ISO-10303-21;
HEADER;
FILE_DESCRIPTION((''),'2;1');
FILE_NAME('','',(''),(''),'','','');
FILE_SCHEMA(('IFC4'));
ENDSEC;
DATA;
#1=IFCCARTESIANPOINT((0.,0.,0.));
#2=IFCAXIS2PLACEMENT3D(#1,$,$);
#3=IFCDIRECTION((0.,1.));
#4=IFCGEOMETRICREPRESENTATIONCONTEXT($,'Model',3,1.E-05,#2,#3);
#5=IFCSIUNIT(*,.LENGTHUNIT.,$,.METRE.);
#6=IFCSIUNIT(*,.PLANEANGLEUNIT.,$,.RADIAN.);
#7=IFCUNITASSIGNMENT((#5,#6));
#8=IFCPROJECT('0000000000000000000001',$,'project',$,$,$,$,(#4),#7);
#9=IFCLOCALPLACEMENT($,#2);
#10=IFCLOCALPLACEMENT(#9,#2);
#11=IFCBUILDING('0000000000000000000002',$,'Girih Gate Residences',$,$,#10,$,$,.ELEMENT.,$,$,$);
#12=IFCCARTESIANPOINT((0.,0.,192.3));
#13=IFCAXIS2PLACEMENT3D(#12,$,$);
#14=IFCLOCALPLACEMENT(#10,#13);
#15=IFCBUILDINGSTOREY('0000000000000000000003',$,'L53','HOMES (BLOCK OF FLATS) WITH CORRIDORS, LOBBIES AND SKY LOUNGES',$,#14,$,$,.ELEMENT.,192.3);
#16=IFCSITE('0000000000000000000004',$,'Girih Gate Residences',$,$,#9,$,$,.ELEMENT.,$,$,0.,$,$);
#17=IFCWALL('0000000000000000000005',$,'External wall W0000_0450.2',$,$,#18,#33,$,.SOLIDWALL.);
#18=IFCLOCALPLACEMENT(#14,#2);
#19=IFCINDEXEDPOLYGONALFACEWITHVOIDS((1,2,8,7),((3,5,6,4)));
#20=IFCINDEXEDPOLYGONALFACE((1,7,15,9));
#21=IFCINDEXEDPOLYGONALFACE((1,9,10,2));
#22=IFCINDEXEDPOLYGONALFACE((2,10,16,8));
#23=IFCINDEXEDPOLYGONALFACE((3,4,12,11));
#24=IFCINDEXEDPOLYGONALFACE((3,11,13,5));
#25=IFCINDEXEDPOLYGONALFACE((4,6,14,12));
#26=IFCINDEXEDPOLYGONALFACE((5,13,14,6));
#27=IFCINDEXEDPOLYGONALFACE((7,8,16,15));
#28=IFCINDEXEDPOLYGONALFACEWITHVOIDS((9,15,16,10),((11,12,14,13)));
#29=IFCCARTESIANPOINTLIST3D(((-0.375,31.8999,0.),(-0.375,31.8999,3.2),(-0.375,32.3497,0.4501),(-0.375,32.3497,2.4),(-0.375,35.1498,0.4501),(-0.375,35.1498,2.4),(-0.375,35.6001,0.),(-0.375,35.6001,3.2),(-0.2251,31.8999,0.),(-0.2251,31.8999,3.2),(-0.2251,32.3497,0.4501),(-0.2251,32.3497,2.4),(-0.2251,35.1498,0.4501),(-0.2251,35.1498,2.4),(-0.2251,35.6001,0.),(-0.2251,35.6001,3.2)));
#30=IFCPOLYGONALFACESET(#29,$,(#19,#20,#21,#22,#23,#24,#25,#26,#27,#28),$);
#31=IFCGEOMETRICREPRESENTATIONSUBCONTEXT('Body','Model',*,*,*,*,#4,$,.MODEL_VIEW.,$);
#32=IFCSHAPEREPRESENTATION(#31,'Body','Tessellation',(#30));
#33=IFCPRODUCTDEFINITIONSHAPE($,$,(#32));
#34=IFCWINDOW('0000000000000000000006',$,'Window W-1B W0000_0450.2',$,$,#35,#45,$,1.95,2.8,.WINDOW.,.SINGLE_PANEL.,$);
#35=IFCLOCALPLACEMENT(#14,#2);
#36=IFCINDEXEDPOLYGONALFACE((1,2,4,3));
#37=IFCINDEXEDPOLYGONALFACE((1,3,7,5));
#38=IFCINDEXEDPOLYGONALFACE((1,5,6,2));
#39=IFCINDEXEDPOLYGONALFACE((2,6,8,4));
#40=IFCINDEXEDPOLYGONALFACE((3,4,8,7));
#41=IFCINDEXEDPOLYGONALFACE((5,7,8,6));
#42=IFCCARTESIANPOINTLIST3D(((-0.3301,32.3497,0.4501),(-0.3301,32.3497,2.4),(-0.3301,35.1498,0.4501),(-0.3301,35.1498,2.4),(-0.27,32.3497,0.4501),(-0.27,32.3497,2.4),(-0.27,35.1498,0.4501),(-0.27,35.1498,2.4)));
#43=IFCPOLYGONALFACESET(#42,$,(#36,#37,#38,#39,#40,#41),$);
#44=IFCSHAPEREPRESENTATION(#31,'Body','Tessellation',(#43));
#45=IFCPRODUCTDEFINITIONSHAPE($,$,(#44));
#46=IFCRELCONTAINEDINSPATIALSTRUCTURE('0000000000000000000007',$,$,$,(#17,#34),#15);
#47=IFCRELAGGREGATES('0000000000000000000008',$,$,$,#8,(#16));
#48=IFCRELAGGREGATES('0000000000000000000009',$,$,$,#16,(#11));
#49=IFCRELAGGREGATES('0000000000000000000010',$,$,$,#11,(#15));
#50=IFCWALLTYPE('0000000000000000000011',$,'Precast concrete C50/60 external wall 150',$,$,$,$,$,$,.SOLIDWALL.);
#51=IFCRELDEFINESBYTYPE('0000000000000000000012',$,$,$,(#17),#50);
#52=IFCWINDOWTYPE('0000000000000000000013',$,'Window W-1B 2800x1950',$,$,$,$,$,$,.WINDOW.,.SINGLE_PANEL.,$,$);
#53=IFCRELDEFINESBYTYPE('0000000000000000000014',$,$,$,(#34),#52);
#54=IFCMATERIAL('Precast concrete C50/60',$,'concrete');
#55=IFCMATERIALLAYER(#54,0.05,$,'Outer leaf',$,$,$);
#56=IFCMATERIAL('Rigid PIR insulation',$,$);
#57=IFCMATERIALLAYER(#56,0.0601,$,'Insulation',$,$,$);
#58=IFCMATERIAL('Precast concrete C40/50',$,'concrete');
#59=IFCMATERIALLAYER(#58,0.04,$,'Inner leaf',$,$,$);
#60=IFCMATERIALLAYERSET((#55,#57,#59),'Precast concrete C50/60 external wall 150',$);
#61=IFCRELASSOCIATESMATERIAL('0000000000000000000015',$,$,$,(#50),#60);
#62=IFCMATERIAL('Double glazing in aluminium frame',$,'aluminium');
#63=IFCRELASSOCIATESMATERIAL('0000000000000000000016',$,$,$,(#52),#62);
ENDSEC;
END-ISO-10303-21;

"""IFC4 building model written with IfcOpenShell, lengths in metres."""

from ifc_helpers import new_model, si_unit, direction, frame, frame_2d, origin, place, context, subcontext, project, spatial, rectangle, extrude, material, layer, layer_set, type_object, element, fill, save


model = new_model("IFC4")

# Units and contexts
model_context = context("Model", 3, precision=1e-05, world=origin(), true_north=direction((0.0, 1.0)))
body_context = subcontext(model_context, "Body", "Model", "MODEL_VIEW")
ifc_project = project(units=[si_unit("LENGTHUNIT", "METRE"), si_unit("PLANEANGLEUNIT", "RADIAN")], contexts=[model_context])

# Site, building, storey
site_placement = place(None, origin())
site = spatial("IfcSite", under=ifc_project, at=site_placement, Name="Girih Gate Residences", CompositionType="ELEMENT", RefElevation=0.0)
building_placement = place(site_placement, origin())
building = spatial("IfcBuilding", under=site, at=building_placement, Name="Girih Gate Residences", CompositionType="ELEMENT")
storey_placement = place(building_placement, frame((0.0, 0.0, 192.3)))
storey = spatial("IfcBuildingStorey", under=building, at=storey_placement, Name="L53", Description="HOMES (BLOCK OF FLATS) WITH CORRIDORS, LOBBIES AND SKY LOUNGES", CompositionType="ELEMENT", Elevation=192.3)

# Wall, opening, window
ifc_material_1 = material(Name="Precast concrete C50/60", Category="concrete")
ifc_layer_1 = layer(ifc_material_1, 0.05, Name="Outer leaf")
ifc_material_2 = material(Name="Rigid PIR insulation")
ifc_layer_2 = layer(ifc_material_2, 0.0601, Name="Insulation")
ifc_material_3 = material(Name="Precast concrete C40/50", Category="concrete")
ifc_layer_3 = layer(ifc_material_3, 0.04, Name="Inner leaf")
ifc_layer_set_1 = layer_set([ifc_layer_1, ifc_layer_2, ifc_layer_3], Name="Precast concrete C50/60 external wall 150")
wall_type_1 = type_object("IfcWallType", Name="Precast concrete C50/60 external wall 150", PredefinedType="SOLIDWALL", material=ifc_layer_set_1)
ifc_material_4 = material(Name="Double glazing in aluminium frame", Category="aluminium")
window_type = type_object("IfcWindowType", Name="Window W-1B 2800x1950", PartitioningType="SINGLE_PANEL", PredefinedType="WINDOW", material=ifc_material_4)
wall_1_placement = place(storey_placement, frame((-0.3, 31.8999, 0.0), z_axis=(0.0, 0.0, 1.0), x_axis=(0.0, 1.0, 0.0)))
wall_1 = element("IfcWall", 1, at=wall_1_placement, inside=storey, type_object=wall_type_1, Name="External wall W0000_0450.2", PredefinedType="SOLIDWALL", context=body_context, shape_type="SweptSolid", body=[
    extrude(rectangle(XDim=3.7002, YDim=0.1499, at=frame_2d((1.8501, 0.0))), origin(), (0.0, 0.0, 1.0), 3.2),
])
opening_1_placement = place(wall_1_placement, frame((0.45, 0.0, 0.45)))
opening_1 = element("IfcOpeningElement", 2, at=opening_1_placement, cuts=wall_1, PredefinedType="OPENING", context=body_context, shape_type="SweptSolid", body=[
    extrude(rectangle(XDim=2.8, YDim=1.95, at=frame_2d((1.3999, 0.9751))), frame((0.0, 0.085, 0.0), z_axis=(0.0, -1.0, 0.0), x_axis=(1.0, 0.0, 0.0)), (0.0, 0.0, 1.0), 0.1699),
])
window_1_placement = place(opening_1_placement, origin())
window_1 = element("IfcWindow", 3, at=window_1_placement, inside=storey, type_object=window_type, Name="Window W-1B W0000_0450.2", OverallHeight=1.95, OverallWidth=2.8, PartitioningType="SINGLE_PANEL", PredefinedType="WINDOW", context=body_context, shape_type="SweptSolid", body=[
    extrude(rectangle(XDim=2.8, YDim=1.95, at=frame_2d((1.3999, 0.9751))), frame((0.0, 0.03, 0.0), z_axis=(0.0, -1.0, 0.0), x_axis=(1.0, 0.0, 0.0)), (0.0, 0.0, 1.0), 0.0601),
])
fill(opening_1, window_1)

save(model, "model.ifc")
